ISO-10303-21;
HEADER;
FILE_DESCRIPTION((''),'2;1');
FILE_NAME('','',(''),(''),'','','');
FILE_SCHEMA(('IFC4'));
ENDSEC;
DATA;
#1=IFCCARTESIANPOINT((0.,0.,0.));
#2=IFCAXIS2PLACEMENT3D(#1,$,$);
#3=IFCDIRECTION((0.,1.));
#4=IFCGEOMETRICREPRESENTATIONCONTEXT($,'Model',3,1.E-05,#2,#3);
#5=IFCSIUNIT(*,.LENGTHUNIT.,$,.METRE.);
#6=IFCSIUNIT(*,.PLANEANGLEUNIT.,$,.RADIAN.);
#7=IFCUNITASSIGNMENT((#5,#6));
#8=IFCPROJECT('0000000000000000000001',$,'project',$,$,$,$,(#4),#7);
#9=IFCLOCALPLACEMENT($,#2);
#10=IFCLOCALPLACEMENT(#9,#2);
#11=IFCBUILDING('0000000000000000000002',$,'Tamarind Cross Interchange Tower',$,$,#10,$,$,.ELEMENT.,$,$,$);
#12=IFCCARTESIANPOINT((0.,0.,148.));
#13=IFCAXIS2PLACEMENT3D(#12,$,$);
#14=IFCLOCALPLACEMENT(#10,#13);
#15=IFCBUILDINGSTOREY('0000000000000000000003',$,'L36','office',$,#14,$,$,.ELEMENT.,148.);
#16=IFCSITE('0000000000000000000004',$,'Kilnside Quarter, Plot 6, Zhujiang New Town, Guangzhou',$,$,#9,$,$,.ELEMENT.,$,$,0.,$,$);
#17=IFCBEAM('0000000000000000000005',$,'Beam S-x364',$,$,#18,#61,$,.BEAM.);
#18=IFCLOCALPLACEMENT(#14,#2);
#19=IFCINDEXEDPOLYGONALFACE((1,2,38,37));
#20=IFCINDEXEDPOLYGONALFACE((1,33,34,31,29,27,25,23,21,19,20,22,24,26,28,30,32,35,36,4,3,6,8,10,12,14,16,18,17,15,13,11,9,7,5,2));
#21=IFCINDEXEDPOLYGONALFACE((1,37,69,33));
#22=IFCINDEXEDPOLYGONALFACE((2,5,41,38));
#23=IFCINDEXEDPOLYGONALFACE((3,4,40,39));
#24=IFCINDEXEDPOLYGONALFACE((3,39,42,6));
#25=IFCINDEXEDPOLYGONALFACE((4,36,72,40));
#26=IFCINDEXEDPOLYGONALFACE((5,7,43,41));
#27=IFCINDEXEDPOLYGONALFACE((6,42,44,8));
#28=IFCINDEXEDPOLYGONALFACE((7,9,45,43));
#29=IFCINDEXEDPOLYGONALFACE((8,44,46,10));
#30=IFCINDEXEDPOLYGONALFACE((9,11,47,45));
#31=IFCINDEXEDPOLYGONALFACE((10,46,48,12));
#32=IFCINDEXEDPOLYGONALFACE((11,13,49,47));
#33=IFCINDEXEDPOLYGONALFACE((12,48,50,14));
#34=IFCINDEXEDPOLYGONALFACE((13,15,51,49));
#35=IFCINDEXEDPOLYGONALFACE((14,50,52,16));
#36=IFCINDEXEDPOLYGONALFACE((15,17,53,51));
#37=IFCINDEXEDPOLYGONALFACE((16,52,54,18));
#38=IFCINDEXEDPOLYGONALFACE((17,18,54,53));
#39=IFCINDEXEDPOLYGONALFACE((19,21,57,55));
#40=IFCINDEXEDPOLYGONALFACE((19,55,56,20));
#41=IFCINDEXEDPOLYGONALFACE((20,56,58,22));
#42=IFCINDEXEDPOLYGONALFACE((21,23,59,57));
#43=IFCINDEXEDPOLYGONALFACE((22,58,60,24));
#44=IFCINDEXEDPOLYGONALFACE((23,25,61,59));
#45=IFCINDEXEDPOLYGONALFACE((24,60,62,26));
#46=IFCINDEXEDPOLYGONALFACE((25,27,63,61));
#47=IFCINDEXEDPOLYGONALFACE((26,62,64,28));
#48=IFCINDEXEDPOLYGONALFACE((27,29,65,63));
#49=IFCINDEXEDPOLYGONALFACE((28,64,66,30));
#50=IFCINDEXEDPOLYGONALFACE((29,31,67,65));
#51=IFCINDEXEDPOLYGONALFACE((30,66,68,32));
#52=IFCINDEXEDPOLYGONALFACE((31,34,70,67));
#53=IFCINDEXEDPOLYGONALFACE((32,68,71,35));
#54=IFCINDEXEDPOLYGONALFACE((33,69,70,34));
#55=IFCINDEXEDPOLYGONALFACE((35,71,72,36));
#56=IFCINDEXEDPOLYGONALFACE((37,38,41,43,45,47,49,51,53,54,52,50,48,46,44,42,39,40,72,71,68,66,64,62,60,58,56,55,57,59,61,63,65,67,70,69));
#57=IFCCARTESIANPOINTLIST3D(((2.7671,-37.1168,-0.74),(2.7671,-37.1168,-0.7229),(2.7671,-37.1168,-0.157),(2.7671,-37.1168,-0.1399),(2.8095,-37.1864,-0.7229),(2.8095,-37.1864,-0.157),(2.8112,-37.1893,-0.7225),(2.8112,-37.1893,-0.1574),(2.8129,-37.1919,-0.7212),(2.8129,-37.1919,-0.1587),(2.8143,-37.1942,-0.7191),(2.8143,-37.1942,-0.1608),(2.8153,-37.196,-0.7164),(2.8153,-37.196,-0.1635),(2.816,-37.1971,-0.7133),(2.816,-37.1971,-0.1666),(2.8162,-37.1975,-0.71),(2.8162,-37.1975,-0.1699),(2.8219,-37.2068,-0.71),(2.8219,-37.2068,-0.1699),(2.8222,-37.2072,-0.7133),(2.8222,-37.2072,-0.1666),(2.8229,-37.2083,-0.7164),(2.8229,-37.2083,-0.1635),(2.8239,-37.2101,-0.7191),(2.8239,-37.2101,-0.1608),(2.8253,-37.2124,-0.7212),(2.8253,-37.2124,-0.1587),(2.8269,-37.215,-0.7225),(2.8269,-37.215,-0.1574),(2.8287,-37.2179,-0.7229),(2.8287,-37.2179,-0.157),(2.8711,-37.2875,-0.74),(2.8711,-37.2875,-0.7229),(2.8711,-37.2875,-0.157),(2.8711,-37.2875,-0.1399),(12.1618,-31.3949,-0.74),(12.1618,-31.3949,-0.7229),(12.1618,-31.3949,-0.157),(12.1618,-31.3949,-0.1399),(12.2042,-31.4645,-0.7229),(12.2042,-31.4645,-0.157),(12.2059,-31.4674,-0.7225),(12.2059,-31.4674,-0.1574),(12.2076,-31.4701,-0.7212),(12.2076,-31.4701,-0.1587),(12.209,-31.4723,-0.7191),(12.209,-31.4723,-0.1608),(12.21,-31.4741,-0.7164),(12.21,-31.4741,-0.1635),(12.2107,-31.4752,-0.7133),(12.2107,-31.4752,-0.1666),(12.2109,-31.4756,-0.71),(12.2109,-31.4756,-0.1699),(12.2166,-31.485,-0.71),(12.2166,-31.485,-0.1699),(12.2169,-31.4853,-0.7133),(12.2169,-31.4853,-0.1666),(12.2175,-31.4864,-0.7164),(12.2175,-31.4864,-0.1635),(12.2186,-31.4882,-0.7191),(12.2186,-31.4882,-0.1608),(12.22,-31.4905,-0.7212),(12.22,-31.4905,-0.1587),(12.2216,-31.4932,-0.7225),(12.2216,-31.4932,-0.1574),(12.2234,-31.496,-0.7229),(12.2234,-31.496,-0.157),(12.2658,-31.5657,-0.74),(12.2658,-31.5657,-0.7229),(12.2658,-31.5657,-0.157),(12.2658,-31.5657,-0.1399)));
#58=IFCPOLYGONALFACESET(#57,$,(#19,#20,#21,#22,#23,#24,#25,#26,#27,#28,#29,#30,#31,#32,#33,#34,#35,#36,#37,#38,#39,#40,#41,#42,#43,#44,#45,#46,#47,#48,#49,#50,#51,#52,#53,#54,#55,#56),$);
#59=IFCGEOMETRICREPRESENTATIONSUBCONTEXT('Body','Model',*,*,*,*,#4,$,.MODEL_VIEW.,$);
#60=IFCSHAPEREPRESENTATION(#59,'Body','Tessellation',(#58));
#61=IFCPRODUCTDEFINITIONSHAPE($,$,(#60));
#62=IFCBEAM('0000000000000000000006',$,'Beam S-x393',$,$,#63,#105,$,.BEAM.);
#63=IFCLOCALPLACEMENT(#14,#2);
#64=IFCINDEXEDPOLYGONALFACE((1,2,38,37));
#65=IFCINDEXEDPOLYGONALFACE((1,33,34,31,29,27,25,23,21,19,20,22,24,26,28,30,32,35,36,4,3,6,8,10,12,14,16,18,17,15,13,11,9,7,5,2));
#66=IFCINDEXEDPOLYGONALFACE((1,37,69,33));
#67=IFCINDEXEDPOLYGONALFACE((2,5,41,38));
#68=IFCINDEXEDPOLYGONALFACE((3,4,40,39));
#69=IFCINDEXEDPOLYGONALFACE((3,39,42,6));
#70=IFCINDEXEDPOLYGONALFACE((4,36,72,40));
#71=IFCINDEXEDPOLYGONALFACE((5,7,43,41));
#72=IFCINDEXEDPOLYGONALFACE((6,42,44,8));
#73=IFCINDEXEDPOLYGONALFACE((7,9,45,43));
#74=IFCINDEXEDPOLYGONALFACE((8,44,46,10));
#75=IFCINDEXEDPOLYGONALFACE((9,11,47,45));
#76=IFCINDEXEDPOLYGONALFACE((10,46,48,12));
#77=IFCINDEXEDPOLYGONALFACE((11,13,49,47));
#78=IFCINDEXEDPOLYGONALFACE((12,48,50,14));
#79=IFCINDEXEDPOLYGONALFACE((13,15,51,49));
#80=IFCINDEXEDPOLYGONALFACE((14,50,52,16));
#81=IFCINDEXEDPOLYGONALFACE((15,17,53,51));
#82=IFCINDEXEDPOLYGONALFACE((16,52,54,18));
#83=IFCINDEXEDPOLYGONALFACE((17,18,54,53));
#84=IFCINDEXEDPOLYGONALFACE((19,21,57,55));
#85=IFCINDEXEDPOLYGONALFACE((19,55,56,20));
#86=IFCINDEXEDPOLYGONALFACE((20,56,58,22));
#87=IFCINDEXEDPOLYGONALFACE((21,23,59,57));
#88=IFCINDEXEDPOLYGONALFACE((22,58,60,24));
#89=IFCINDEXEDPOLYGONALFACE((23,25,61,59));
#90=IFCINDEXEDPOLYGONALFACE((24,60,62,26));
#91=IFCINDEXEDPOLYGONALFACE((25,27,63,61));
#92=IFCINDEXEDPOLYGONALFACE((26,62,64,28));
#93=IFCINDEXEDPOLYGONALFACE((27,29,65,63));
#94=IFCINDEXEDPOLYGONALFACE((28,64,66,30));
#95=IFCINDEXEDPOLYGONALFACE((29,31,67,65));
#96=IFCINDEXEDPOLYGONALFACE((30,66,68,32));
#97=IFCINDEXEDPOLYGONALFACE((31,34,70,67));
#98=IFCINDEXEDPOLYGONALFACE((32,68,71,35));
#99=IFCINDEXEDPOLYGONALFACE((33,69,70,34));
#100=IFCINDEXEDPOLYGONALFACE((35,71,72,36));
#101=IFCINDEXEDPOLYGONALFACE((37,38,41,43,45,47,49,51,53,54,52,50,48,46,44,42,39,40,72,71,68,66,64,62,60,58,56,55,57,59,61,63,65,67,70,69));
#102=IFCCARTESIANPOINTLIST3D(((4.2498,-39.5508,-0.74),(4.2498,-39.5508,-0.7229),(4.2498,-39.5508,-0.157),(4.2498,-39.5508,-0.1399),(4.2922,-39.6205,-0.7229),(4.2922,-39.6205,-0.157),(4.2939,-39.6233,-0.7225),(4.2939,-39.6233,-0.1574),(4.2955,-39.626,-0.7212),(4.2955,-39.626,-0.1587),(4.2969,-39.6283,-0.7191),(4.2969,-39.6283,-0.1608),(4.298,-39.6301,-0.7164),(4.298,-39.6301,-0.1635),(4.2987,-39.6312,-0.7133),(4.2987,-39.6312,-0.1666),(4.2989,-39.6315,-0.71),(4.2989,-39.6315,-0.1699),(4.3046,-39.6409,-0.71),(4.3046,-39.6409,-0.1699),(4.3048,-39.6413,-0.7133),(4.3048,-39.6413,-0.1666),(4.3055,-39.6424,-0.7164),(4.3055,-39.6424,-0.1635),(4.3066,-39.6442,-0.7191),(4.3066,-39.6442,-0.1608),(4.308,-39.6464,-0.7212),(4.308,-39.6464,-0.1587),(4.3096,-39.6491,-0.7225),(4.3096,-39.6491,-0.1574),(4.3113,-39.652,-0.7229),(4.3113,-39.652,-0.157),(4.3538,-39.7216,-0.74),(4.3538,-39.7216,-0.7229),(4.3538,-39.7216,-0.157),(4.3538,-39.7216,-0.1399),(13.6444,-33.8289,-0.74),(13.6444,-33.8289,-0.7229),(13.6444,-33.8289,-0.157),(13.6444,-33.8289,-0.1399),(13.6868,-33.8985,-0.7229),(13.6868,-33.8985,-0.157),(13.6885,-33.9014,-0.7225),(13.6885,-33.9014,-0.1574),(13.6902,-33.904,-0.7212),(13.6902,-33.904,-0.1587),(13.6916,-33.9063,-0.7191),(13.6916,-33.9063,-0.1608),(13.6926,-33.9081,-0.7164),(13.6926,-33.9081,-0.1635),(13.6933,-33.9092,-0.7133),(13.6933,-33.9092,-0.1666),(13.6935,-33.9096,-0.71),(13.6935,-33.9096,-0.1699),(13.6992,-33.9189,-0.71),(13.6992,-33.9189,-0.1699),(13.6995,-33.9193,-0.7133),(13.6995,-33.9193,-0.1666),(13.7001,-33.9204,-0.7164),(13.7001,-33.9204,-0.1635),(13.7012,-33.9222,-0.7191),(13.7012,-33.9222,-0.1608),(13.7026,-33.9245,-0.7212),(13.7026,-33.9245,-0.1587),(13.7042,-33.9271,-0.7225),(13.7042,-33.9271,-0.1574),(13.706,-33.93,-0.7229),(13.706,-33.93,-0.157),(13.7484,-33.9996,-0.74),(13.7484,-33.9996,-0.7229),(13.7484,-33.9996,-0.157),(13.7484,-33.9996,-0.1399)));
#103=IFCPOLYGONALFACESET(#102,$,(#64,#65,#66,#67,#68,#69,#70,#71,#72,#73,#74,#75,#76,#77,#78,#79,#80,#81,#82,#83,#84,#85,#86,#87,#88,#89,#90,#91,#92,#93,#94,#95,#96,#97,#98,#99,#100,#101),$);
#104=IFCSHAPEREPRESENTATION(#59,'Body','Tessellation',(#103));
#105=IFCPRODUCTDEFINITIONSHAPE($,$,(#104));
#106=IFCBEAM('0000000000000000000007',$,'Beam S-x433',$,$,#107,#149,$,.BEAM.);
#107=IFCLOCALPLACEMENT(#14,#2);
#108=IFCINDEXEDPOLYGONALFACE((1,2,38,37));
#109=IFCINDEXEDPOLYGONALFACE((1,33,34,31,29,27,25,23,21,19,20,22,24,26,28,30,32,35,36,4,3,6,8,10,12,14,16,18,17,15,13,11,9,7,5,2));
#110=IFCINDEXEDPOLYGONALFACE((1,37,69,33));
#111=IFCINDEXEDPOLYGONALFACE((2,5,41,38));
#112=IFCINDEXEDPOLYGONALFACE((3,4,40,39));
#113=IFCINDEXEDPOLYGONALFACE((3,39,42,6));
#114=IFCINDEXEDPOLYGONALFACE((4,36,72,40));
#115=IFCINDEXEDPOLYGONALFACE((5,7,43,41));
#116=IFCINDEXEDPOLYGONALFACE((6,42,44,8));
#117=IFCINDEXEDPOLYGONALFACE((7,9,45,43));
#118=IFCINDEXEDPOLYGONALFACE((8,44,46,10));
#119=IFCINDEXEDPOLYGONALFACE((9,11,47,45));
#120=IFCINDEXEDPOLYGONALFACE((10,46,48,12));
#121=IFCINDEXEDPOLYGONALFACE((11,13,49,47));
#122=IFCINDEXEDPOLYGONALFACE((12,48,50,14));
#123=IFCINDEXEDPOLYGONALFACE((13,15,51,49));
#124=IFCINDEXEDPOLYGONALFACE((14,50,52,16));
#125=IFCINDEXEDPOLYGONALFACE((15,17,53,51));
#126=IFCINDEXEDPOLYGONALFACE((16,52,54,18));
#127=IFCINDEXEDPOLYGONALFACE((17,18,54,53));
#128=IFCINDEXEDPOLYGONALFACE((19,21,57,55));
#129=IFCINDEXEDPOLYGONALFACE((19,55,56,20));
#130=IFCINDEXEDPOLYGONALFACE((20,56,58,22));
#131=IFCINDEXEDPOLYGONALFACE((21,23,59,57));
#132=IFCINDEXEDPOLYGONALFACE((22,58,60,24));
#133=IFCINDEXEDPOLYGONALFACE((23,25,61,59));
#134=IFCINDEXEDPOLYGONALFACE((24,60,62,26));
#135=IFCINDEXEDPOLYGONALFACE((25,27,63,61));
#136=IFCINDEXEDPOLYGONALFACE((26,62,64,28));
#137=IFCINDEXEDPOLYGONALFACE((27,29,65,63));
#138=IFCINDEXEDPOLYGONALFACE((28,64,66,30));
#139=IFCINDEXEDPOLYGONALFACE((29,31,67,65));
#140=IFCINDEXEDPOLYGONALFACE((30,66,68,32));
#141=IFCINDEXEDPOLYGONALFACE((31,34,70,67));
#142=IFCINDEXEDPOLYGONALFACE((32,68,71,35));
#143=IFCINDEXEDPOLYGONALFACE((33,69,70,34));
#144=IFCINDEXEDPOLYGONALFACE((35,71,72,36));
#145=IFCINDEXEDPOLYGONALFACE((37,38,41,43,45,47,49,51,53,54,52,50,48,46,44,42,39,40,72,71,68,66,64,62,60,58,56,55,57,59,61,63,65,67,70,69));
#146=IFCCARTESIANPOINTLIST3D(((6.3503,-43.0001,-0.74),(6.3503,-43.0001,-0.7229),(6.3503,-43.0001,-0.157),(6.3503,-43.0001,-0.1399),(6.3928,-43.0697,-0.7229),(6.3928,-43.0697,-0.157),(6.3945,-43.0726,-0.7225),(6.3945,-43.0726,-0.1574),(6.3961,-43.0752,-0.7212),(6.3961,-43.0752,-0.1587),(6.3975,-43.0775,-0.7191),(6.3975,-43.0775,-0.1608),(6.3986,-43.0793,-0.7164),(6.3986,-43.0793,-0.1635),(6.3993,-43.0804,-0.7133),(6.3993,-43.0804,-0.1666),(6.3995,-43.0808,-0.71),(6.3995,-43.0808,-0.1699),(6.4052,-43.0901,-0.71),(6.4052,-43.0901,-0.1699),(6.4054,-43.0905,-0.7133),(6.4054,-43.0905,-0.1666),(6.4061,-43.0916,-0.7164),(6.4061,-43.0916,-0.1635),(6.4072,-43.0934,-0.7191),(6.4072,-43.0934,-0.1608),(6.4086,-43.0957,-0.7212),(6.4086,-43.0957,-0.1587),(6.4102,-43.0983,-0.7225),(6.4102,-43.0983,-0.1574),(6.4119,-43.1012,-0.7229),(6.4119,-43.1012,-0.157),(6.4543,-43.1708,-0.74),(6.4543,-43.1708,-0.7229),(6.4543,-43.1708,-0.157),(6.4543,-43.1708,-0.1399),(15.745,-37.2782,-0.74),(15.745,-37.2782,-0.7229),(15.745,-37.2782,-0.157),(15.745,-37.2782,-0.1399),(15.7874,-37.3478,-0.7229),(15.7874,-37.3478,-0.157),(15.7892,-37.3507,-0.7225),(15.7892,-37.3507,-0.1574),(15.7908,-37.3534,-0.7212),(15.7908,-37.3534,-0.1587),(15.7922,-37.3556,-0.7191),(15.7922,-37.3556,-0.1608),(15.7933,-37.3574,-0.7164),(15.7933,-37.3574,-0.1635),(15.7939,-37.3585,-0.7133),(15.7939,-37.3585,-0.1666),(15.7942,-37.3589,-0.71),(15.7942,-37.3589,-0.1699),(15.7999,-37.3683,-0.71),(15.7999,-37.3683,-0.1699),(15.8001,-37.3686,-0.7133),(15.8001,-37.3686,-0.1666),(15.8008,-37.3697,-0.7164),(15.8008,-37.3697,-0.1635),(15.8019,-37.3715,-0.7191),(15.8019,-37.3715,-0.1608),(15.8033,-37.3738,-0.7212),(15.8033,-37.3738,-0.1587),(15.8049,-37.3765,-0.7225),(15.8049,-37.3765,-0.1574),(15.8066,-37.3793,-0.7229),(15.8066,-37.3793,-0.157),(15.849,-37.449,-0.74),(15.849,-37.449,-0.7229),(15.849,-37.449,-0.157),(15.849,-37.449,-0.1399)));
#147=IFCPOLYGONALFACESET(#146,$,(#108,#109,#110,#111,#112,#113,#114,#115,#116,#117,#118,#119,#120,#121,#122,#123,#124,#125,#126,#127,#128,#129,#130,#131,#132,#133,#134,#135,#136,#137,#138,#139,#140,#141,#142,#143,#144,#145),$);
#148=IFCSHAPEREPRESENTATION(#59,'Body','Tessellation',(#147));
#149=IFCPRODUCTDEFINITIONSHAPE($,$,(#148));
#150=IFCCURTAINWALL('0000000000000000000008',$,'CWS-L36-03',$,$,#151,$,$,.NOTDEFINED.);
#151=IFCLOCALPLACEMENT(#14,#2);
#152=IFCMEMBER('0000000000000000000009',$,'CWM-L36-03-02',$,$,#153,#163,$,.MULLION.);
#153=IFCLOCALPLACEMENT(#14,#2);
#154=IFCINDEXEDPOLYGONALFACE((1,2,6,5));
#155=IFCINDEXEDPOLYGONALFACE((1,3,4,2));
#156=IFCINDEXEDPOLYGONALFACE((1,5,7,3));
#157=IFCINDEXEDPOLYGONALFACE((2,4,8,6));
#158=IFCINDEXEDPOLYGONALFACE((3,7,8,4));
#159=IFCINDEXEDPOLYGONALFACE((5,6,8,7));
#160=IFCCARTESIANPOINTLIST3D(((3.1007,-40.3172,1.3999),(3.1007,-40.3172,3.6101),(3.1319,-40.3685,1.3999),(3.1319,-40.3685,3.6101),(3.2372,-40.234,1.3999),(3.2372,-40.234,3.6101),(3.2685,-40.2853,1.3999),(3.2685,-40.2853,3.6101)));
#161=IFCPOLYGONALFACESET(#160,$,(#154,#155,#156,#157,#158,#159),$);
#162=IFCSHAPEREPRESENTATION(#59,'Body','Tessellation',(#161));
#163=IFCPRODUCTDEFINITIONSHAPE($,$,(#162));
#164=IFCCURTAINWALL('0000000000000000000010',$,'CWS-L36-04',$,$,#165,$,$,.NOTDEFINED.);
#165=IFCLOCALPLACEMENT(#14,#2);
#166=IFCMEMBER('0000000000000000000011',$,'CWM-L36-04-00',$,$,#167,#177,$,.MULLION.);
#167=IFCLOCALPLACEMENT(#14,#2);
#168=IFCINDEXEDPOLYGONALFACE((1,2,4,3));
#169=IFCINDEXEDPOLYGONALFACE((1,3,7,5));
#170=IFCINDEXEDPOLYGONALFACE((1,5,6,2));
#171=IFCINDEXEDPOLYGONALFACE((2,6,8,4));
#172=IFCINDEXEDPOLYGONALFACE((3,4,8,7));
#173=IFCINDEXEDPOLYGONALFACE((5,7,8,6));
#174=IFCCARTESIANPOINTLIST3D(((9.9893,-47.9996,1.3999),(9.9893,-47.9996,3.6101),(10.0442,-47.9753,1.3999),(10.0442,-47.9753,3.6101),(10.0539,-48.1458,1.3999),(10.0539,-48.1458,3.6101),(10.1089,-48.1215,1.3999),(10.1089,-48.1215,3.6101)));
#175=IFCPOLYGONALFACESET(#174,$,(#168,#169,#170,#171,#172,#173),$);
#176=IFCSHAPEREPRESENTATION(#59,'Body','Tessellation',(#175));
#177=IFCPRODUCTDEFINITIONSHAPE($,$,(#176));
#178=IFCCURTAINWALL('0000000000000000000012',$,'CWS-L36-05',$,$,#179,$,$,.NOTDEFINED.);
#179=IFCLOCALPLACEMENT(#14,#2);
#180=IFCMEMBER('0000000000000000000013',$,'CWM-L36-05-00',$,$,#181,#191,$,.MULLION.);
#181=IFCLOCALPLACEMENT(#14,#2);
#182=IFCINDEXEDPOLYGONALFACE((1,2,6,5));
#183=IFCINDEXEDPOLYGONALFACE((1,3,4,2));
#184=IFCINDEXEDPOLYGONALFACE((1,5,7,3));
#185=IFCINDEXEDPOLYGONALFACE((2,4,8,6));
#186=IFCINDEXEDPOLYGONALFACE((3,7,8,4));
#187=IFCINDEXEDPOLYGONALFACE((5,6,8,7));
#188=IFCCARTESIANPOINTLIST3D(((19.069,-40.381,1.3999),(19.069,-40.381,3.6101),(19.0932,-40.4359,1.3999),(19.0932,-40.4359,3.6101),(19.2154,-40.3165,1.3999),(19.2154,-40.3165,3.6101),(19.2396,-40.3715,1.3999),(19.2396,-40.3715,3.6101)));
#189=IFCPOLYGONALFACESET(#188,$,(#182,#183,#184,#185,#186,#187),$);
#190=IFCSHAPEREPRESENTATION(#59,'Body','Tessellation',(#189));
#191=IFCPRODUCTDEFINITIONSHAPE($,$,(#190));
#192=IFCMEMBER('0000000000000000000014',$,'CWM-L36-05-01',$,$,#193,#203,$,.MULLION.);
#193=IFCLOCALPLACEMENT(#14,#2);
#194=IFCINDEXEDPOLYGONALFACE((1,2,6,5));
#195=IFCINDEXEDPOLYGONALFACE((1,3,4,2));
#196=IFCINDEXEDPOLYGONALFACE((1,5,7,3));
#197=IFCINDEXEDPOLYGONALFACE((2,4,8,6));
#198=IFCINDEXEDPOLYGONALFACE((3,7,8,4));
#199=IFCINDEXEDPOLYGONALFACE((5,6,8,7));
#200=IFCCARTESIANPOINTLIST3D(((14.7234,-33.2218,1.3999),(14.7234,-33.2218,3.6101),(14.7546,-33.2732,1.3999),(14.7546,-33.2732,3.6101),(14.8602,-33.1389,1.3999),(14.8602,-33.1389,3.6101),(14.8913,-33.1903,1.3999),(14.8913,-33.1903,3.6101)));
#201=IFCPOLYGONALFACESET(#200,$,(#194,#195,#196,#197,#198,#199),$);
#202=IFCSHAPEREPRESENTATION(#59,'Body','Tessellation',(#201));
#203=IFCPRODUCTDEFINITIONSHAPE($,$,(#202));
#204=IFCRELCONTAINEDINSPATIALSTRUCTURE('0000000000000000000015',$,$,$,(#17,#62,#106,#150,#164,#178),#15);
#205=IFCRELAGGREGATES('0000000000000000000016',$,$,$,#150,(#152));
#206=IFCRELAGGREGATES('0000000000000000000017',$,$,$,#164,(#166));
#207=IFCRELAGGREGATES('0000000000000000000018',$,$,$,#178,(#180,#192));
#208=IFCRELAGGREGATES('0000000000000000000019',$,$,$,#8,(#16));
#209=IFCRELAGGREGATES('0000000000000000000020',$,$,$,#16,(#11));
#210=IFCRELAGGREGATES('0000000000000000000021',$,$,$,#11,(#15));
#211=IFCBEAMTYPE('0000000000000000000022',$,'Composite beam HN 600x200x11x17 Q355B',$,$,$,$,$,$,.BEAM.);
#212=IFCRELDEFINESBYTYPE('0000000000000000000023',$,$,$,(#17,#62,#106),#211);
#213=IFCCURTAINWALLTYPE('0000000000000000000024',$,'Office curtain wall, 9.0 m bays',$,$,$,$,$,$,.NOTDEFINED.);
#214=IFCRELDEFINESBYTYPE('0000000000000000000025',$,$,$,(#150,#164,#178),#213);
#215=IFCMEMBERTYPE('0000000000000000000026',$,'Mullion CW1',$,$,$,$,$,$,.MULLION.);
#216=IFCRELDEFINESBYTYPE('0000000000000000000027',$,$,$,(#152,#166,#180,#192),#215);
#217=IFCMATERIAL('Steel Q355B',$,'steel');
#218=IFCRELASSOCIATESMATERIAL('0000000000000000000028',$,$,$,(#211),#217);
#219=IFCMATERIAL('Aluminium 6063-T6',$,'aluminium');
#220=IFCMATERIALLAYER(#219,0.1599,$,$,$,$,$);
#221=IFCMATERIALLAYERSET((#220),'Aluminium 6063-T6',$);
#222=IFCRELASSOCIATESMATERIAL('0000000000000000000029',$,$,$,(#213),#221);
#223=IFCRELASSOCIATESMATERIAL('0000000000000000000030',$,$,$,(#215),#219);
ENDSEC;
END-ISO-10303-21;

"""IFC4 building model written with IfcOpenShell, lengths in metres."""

from ifc_helpers import new_model, si_unit, direction, frame, origin, origin_2d, place, context, subcontext, project, spatial, rectangle, i_section, extrude, material, layer, layer_set, material_profile, profile_set, type_object, element, aggregate, save


model = new_model("IFC4")

# Units and contexts
model_context = context("Model", 3, precision=1e-05, world=origin(), true_north=direction((0.0, 1.0)))
body_context = subcontext(model_context, "Body", "Model", "MODEL_VIEW")
ifc_project = project(units=[si_unit("LENGTHUNIT", "METRE"), si_unit("PLANEANGLEUNIT", "RADIAN")], contexts=[model_context])

# Site, building, storey
site_placement = place(None, origin())
site = spatial("IfcSite", under=ifc_project, at=site_placement, Name="Kilnside Quarter, Plot 6, Zhujiang New Town, Guangzhou", CompositionType="ELEMENT", RefElevation=0.0)
building_placement = place(site_placement, origin())
building = spatial("IfcBuilding", under=site, at=building_placement, Name="Tamarind Cross Interchange Tower", CompositionType="ELEMENT")
storey_placement = place(building_placement, frame((0.0, 0.0, 148.0)))
storey = spatial("IfcBuildingStorey", under=building, at=storey_placement, Name="L36", Description="office", CompositionType="ELEMENT", Elevation=148.0)

# Beams
ifc_material_1 = material(Name="Steel Q355B", Category="steel")
ifc_material_profile_1 = material_profile(ifc_material_1, i_section(OverallWidth=0.2, OverallDepth=0.6001, WebThickness=0.011, FlangeThickness=0.0171, FilletRadius=0.0129, at=origin_2d()), Name="HN 600x200x11x17")
ifc_profile_set_1 = profile_set([ifc_material_profile_1], Name="Steel Q355B")
beam_type_1 = type_object("IfcBeamType", Name="Composite beam HN 600x200x11x17 Q355B", PredefinedType="BEAM", material=ifc_profile_set_1)
for number, where, z_axis, x_axis, name in (
    (1, (2.8191, -37.2021, -0.4399), (0.854063, 0.52017, 0.0), (-0.52017, 0.854063, 0.0), "Beam S-x364"),
    (2, (4.3018, -39.6362, -0.4399), (0.854057, 0.52018, 0.0), (-0.52018, 0.854057, 0.0), "Beam S-x393"),
    (3, (6.4023, -43.0854, -0.4399), (0.854063, 0.52017, 0.0), (-0.52017, 0.854063, 0.0), "Beam S-x433"),
):
    element("IfcBeam", number, at=place(storey_placement, frame(where, z_axis=z_axis, x_axis=x_axis)), inside=storey, type_object=beam_type_1, Name=name, PredefinedType="BEAM", context=body_context, shape_type="SweptSolid", body=[
        extrude(i_section(OverallWidth=0.2, OverallDepth=0.6001, WebThickness=0.011, FlangeThickness=0.0171, FilletRadius=0.0129, at=origin_2d()), origin(), (0.0, 0.0, 1.0), 11.0),
    ])

# Curtain walls, members
ifc_material_2 = material(Name="Aluminium 6063-T6", Category="aluminium")
ifc_layer_1 = layer(ifc_material_2, 0.1599)
ifc_layer_set_1 = layer_set([ifc_layer_1], Name="Aluminium 6063-T6")
curtain_wall_type = type_object("IfcCurtainWallType", Name="Office curtain wall, 9.0 m bays", PredefinedType="NOTDEFINED", material=ifc_layer_set_1)
curtain_wall_1_placement = place(storey_placement, origin())
curtain_wall_1 = element("IfcCurtainWall", 4, at=curtain_wall_1_placement, inside=storey, type_object=curtain_wall_type, Name="CWS-L36-03", PredefinedType="NOTDEFINED")
ifc_material_profile_2 = material_profile(ifc_material_2, rectangle(XDim=0.0601, YDim=0.1599, at=origin_2d()), Name="Mullion CW1")
ifc_profile_set_2 = profile_set([ifc_material_profile_2], Name="Aluminium 6063-T6")
member_type = type_object("IfcMemberType", Name="Mullion CW1", PredefinedType="MULLION", material=ifc_profile_set_2)
member_1_placement = place(storey_placement, frame((3.1846, -40.3013, 1.3999), z_axis=(0.0, 0.0, 1.0), x_axis=(0.520175, -0.85406, 0.0)))
member_1 = element("IfcMember", 5, at=member_1_placement, type_object=member_type, Name="CWM-L36-03-02", PredefinedType="MULLION", context=body_context, shape_type="SweptSolid", body=[
    extrude(rectangle(XDim=0.0601, YDim=0.1599, at=origin_2d()), origin(), (0.0, 0.0, 1.0), 2.2102),
])
aggregate(curtain_wall_1, [member_1])
curtain_wall_2_placement = place(storey_placement, origin())
curtain_wall_2 = element("IfcCurtainWall", 6, at=curtain_wall_2_placement, inside=storey, type_object=curtain_wall_type, Name="CWS-L36-04", PredefinedType="NOTDEFINED")
member_2_placement = place(storey_placement, frame((10.0491, -48.0605, 1.3999), z_axis=(0.0, 0.0, 1.0), x_axis=(0.914649, 0.404248, 0.0)))
member_2 = element("IfcMember", 7, at=member_2_placement, type_object=member_type, Name="CWM-L36-04-00", PredefinedType="MULLION", context=body_context, shape_type="SweptSolid", body=[
    extrude(rectangle(XDim=0.0601, YDim=0.1599, at=origin_2d()), origin(), (0.0, 0.0, 1.0), 2.2102),
])
aggregate(curtain_wall_2, [member_2])

# Curtain wall, members
curtain_wall_3_placement = place(storey_placement, origin())
curtain_wall_3 = element("IfcCurtainWall", 8, at=curtain_wall_3_placement, inside=storey, type_object=curtain_wall_type, Name="CWS-L36-05", PredefinedType="NOTDEFINED")
member_3_placement = place(storey_placement, frame((19.1543, -40.3762, 1.3999), z_axis=(0.0, 0.0, 1.0), x_axis=(-0.403311, 0.915063, 0.0)))
member_3 = element("IfcMember", 9, at=member_3_placement, type_object=member_type, Name="CWM-L36-05-00", PredefinedType="MULLION", context=body_context, shape_type="SweptSolid", body=[
    extrude(rectangle(XDim=0.0601, YDim=0.1599, at=origin_2d()), origin(), (0.0, 0.0, 1.0), 2.2102),
])
member_4_placement = place(storey_placement, frame((14.8074, -33.2061, 1.3999), z_axis=(0.0, 0.0, 1.0), x_axis=(-0.518425, 0.855123, 0.0)))
member_4 = element("IfcMember", 10, at=member_4_placement, type_object=member_type, Name="CWM-L36-05-01", PredefinedType="MULLION", context=body_context, shape_type="SweptSolid", body=[
    extrude(rectangle(XDim=0.0601, YDim=0.1599, at=origin_2d()), origin(), (0.0, 0.0, 1.0), 2.2102),
])
aggregate(curtain_wall_3, [member_3, member_4])

save(model, "model.ifc")
